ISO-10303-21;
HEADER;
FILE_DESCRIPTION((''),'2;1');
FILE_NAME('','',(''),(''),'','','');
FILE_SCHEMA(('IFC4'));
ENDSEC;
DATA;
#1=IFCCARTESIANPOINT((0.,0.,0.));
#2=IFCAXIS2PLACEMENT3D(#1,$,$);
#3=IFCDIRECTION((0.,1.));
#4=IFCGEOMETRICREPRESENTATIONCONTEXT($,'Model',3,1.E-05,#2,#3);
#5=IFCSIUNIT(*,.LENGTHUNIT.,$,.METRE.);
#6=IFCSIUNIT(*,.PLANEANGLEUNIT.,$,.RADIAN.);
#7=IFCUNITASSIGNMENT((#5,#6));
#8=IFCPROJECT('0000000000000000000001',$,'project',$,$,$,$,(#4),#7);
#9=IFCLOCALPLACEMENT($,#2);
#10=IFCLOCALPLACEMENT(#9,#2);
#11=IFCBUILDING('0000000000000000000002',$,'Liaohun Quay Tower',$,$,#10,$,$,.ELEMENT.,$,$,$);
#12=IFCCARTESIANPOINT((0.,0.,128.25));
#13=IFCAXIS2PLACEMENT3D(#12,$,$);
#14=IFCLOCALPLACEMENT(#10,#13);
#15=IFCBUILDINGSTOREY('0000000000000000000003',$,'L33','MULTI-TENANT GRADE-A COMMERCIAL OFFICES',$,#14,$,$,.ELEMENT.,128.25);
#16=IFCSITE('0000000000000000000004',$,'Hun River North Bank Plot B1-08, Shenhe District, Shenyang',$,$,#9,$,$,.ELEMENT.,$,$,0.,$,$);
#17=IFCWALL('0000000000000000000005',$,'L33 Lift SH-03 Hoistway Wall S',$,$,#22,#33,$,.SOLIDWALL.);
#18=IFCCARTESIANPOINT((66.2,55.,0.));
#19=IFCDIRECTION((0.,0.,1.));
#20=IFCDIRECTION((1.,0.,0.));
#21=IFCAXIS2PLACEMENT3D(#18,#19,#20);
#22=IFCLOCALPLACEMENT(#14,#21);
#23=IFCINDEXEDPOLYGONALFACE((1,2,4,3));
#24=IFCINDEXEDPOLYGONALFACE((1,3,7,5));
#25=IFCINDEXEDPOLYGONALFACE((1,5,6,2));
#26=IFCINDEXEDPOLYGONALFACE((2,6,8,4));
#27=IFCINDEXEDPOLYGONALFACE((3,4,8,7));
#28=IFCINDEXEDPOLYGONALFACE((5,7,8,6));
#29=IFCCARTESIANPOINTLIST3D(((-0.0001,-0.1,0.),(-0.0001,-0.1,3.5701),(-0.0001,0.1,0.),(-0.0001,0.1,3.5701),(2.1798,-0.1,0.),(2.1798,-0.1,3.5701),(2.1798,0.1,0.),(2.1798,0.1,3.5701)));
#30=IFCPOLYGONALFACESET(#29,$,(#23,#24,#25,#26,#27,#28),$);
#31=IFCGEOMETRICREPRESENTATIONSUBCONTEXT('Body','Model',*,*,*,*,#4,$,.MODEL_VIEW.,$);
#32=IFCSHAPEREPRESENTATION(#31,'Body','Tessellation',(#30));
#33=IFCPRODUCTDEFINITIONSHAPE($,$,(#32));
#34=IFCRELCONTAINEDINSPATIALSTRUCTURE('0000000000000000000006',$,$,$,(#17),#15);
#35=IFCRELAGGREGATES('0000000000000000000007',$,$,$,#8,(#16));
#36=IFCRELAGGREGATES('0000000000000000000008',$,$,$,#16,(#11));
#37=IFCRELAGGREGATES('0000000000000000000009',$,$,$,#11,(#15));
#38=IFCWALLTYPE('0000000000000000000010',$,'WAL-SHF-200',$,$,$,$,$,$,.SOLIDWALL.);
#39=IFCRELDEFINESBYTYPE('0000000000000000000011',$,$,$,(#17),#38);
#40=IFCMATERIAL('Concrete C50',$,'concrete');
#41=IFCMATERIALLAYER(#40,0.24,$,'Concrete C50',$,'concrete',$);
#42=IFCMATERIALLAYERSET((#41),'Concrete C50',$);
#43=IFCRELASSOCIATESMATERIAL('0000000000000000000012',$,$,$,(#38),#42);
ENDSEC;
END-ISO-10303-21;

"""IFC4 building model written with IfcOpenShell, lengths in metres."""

from ifc_helpers import new_model, si_unit, direction, frame, frame_2d, origin, place, context, subcontext, project, spatial, rectangle, extrude, material, layer, layer_set, type_object, element, save


model = new_model("IFC4")

# Units and contexts
model_context = context("Model", 3, precision=1e-05, world=origin(), true_north=direction((0.0, 1.0)))
body_context = subcontext(model_context, "Body", "Model", "MODEL_VIEW")
ifc_project = project(units=[si_unit("LENGTHUNIT", "METRE"), si_unit("PLANEANGLEUNIT", "RADIAN")], contexts=[model_context])

# Site, building, storey
site_placement = place(None, origin())
site = spatial("IfcSite", under=ifc_project, at=site_placement, Name="Hun River North Bank Plot B1-08, Shenhe District, Shenyang", CompositionType="ELEMENT", RefElevation=0.0)
building_placement = place(site_placement, origin())
building = spatial("IfcBuilding", under=site, at=building_placement, Name="Liaohun Quay Tower", CompositionType="ELEMENT")
storey_placement = place(building_placement, frame((0.0, 0.0, 128.25)))
storey = spatial("IfcBuildingStorey", under=building, at=storey_placement, Name="L33", Description="MULTI-TENANT GRADE-A COMMERCIAL OFFICES", CompositionType="ELEMENT", Elevation=128.25)

# Shared definitions
ifc_material_1 = material(Name="Concrete C50", Category="concrete")
ifc_layer_1 = layer(ifc_material_1, 0.24, Name="Concrete C50", Category="concrete")
ifc_layer_set_1 = layer_set([ifc_layer_1], Name="Concrete C50")
wall_type_1 = type_object("IfcWallType", Name="WAL-SHF-200", PredefinedType="SOLIDWALL", material=ifc_layer_set_1)

# Wall
wall_1_placement = place(storey_placement, frame((66.2, 55.0, 0.0), z_axis=(0.0, 0.0, 1.0), x_axis=(1.0, 0.0, 0.0)))
element("IfcWall", 1, at=wall_1_placement, inside=storey, type_object=wall_type_1, Name="L33 Lift SH-03 Hoistway Wall S", PredefinedType="SOLIDWALL", context=body_context, shape_type="SweptSolid", body=[
    extrude(rectangle(XDim=2.1799, YDim=0.2, at=frame_2d((1.0898, 0.0))), origin(), (0.0, 0.0, 1.0), 3.5701),
])

save(model, "model.ifc")
